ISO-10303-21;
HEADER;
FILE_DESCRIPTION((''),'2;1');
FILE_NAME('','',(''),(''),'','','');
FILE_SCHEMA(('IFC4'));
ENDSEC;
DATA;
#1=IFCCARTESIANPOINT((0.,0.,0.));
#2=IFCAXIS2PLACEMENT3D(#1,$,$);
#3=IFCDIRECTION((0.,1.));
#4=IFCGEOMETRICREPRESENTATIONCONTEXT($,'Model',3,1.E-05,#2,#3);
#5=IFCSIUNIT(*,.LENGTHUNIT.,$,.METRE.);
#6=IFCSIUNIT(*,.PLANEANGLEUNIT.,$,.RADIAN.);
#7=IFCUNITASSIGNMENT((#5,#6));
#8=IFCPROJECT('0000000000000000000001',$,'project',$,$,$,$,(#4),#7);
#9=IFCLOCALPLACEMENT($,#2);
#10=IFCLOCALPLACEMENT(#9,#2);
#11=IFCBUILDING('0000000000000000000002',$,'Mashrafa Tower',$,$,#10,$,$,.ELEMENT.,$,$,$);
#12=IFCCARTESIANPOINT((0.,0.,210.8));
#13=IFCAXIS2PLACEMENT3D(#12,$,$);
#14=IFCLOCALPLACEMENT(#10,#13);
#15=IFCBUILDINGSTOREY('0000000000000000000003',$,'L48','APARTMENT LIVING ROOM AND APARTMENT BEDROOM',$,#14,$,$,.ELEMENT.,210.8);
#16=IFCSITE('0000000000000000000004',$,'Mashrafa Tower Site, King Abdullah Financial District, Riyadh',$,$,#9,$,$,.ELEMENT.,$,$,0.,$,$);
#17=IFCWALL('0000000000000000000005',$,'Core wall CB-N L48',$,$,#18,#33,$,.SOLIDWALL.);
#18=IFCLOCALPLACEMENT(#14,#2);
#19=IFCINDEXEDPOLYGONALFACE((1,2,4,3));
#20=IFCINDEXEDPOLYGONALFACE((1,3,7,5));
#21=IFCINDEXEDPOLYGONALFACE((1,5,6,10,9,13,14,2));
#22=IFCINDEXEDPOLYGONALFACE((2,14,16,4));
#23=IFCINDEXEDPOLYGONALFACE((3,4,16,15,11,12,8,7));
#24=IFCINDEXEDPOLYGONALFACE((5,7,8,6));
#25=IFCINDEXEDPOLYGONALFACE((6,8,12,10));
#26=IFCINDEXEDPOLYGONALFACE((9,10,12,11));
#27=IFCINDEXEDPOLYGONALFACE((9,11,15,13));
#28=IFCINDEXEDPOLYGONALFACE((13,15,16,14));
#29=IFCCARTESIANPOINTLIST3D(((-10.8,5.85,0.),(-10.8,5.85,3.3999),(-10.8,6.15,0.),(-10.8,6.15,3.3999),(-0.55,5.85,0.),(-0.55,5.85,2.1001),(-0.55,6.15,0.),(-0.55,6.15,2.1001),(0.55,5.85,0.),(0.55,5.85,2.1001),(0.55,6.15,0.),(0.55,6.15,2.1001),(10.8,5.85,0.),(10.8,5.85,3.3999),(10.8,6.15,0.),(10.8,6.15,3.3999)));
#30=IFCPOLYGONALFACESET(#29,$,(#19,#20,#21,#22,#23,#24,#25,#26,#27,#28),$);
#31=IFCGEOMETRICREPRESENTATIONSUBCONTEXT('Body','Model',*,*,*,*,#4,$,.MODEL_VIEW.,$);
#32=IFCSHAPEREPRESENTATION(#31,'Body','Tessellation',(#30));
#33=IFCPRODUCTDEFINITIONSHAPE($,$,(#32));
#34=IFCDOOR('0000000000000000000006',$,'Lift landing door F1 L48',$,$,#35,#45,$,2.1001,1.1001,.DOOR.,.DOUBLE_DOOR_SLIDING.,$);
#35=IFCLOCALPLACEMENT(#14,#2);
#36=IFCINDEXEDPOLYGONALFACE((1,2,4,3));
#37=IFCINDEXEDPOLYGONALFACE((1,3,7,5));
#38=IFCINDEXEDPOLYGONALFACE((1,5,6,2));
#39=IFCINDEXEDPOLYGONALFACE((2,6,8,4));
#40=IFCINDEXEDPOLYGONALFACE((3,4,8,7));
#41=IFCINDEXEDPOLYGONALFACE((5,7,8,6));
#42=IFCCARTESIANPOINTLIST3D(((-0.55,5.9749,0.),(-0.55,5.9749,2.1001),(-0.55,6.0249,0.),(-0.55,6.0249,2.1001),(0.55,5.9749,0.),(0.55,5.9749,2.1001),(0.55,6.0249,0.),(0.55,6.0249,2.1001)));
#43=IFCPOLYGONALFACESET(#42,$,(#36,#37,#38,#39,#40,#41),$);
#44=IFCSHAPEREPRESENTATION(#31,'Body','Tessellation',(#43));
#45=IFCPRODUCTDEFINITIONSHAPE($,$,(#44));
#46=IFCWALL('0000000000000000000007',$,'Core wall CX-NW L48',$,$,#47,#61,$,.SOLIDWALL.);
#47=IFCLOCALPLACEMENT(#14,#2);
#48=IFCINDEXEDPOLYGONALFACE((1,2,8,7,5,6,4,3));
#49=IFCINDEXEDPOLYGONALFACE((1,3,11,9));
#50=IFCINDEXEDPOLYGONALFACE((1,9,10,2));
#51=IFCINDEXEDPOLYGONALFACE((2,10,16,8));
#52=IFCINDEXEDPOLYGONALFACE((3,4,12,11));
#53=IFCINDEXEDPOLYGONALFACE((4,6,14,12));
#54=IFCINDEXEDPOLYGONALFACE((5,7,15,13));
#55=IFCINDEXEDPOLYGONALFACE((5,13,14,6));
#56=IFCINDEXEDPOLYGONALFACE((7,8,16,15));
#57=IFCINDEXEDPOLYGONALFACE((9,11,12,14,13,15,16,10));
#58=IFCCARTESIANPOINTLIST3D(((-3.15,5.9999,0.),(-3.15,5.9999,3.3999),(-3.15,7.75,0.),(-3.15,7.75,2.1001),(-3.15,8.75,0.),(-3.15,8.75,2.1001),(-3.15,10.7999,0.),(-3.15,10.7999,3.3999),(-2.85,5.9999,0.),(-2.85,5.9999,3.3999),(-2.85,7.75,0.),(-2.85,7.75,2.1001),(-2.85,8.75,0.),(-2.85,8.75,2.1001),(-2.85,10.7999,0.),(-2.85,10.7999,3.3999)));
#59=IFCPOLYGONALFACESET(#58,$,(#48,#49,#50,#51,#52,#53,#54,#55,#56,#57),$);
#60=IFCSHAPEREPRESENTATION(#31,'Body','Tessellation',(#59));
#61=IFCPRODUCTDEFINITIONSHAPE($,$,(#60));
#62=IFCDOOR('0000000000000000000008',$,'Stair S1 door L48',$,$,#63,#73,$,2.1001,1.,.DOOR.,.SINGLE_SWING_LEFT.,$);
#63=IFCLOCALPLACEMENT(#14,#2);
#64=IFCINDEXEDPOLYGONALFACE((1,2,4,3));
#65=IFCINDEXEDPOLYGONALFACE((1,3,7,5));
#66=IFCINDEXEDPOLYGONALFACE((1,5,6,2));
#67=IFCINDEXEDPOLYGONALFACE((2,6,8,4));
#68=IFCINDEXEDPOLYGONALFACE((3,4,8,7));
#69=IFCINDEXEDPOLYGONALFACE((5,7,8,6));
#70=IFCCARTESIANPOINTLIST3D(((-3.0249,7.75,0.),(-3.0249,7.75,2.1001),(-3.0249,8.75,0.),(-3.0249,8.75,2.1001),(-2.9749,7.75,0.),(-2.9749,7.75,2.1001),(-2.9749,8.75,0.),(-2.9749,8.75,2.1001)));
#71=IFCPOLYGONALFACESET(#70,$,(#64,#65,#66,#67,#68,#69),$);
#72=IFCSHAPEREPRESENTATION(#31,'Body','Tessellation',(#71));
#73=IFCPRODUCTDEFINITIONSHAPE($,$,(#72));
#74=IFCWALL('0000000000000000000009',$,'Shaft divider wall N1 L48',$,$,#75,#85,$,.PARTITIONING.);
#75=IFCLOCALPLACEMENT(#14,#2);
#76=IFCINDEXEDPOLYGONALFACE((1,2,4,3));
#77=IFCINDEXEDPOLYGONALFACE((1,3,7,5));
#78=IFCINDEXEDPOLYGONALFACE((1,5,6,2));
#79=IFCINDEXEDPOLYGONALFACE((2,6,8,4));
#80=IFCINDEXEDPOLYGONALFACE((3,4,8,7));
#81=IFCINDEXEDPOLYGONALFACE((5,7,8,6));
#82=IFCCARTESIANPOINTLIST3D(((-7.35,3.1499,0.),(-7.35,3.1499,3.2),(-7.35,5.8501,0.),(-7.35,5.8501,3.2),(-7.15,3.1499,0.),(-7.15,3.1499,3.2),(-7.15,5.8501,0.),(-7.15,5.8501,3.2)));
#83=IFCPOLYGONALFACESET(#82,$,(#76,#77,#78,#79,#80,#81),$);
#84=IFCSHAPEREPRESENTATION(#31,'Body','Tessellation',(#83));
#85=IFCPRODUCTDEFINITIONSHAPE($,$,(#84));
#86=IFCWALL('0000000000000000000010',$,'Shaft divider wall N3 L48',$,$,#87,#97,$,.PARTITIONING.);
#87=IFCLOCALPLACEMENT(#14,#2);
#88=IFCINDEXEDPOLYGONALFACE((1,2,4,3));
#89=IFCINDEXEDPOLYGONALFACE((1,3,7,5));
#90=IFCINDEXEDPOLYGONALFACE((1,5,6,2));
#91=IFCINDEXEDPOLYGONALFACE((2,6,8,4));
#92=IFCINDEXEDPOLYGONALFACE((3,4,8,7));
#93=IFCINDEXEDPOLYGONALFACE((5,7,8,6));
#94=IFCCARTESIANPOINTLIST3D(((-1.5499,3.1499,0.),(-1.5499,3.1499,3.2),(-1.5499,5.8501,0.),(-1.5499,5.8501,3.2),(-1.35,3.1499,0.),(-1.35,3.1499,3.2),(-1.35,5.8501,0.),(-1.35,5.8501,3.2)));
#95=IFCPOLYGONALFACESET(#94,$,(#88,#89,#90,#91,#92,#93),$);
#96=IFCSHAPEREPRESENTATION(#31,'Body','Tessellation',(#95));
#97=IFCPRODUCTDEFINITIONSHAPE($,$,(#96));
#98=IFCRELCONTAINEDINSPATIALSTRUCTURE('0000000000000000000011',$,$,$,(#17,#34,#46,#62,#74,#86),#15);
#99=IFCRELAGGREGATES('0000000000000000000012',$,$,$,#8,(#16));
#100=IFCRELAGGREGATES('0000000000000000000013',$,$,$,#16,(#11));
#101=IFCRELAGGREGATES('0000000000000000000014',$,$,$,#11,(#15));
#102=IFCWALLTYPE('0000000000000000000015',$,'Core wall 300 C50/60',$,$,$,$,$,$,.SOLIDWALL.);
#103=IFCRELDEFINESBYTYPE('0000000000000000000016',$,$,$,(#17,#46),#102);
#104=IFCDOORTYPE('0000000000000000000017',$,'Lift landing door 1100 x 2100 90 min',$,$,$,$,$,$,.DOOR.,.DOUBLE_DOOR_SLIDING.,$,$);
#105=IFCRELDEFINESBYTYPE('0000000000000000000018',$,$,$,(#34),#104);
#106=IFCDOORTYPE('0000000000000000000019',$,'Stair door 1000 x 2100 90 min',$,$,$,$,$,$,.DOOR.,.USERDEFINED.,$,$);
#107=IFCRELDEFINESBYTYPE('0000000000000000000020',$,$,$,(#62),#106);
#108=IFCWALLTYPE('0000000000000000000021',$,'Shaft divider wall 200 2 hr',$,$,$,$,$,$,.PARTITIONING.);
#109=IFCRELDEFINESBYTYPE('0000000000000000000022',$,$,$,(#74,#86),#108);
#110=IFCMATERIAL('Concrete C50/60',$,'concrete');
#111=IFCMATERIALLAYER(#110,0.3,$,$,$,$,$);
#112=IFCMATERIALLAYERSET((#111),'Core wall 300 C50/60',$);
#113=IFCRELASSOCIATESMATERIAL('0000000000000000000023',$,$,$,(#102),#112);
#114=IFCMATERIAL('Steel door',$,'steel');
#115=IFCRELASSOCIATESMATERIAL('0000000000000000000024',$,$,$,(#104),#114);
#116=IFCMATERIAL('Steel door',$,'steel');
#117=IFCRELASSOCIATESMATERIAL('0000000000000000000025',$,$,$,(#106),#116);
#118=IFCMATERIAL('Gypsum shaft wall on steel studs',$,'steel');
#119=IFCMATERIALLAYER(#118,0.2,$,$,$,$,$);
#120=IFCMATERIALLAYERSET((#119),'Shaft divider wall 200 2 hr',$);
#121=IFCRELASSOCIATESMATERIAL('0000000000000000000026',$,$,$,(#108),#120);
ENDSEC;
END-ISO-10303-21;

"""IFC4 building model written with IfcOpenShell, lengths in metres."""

from ifc_helpers import new_model, si_unit, direction, frame, frame_2d, origin, place, context, subcontext, project, spatial, rectangle, extrude, material, layer, layer_set, type_object, element, fill, save


model = new_model("IFC4")

# Units and contexts
model_context = context("Model", 3, precision=1e-05, world=origin(), true_north=direction((0.0, 1.0)))
body_context = subcontext(model_context, "Body", "Model", "MODEL_VIEW")
ifc_project = project(units=[si_unit("LENGTHUNIT", "METRE"), si_unit("PLANEANGLEUNIT", "RADIAN")], contexts=[model_context])

# Site, building, storey
site_placement = place(None, origin())
site = spatial("IfcSite", under=ifc_project, at=site_placement, Name="Mashrafa Tower Site, King Abdullah Financial District, Riyadh", CompositionType="ELEMENT", RefElevation=0.0)
building_placement = place(site_placement, origin())
building = spatial("IfcBuilding", under=site, at=building_placement, Name="Mashrafa Tower", CompositionType="ELEMENT")
storey_placement = place(building_placement, frame((0.0, 0.0, 210.8)))
storey = spatial("IfcBuildingStorey", under=building, at=storey_placement, Name="L48", Description="APARTMENT LIVING ROOM AND APARTMENT BEDROOM", CompositionType="ELEMENT", Elevation=210.8)

# Shared definitions
ifc_material_1 = material(Name="Concrete C50/60", Category="concrete")
ifc_layer_1 = layer(ifc_material_1, 0.3)
ifc_layer_set_1 = layer_set([ifc_layer_1], Name="Core wall 300 C50/60")
wall_type_1 = type_object("IfcWallType", Name="Core wall 300 C50/60", PredefinedType="SOLIDWALL", material=ifc_layer_set_1)

# Walls, openings, doors
wall_1_placement = place(storey_placement, frame((-10.8, 6.0, 0.0), z_axis=(0.0, 0.0, 1.0), x_axis=(1.0, 0.0, 0.0)))
wall_1 = element("IfcWall", 1, at=wall_1_placement, inside=storey, type_object=wall_type_1, Name="Core wall CB-N L48", PredefinedType="SOLIDWALL", context=body_context, shape_type="SweptSolid", body=[
    extrude(rectangle(XDim=21.6001, YDim=0.3, at=frame_2d((10.8, 0.0))), origin(), (0.0, 0.0, 1.0), 3.3999),
])
opening_1_placement = place(wall_1_placement, frame((10.25, 0.0, 0.0)))
opening_1 = element("IfcOpeningElement", 2, at=opening_1_placement, cuts=wall_1, PredefinedType="OPENING", context=body_context, shape_type="SweptSolid", body=[
    extrude(rectangle(XDim=1.1001, YDim=2.1001, at=frame_2d((0.55, 1.05))), frame((0.0, 0.1599, 0.0), z_axis=(0.0, -1.0, 0.0), x_axis=(1.0, 0.0, 0.0)), (0.0, 0.0, 1.0), 0.3201),
])
ifc_material_2 = material(Name="Steel door", Category="steel")
door_type_1 = type_object("IfcDoorType", Name="Lift landing door 1100 x 2100 90 min", OperationType="DOUBLE_DOOR_SLIDING", PredefinedType="DOOR", material=ifc_material_2)
door_1_placement = place(opening_1_placement, origin())
door_1 = element("IfcDoor", 3, at=door_1_placement, inside=storey, type_object=door_type_1, Name="Lift landing door F1 L48", OperationType="DOUBLE_DOOR_SLIDING", OverallHeight=2.1001, OverallWidth=1.1001, PredefinedType="DOOR", context=body_context, shape_type="SweptSolid", body=[
    extrude(rectangle(XDim=1.1001, YDim=2.1001, at=frame_2d((0.55, 1.05))), frame((0.0, 0.0249, 0.0), z_axis=(0.0, -1.0, 0.0), x_axis=(1.0, 0.0, 0.0)), (0.0, 0.0, 1.0), 0.05),
])
fill(opening_1, door_1)
wall_2_placement = place(storey_placement, frame((-3.0, 6.0, 0.0), z_axis=(0.0, 0.0, 1.0), x_axis=(0.0, 1.0, 0.0)))
wall_2 = element("IfcWall", 4, at=wall_2_placement, inside=storey, type_object=wall_type_1, Name="Core wall CX-NW L48", PredefinedType="SOLIDWALL", context=body_context, shape_type="SweptSolid", body=[
    extrude(rectangle(XDim=4.8, YDim=0.3, at=frame_2d((2.3999, 0.0))), origin(), (0.0, 0.0, 1.0), 3.3999),
])
opening_2_placement = place(wall_2_placement, frame((1.75, 0.0, 0.0)))
opening_2 = element("IfcOpeningElement", 5, at=opening_2_placement, cuts=wall_2, PredefinedType="OPENING", context=body_context, shape_type="SweptSolid", body=[
    extrude(rectangle(XDim=1.0, YDim=2.1001, at=frame_2d((0.5, 1.05))), frame((0.0, 0.1599, 0.0), z_axis=(0.0, -1.0, 0.0), x_axis=(1.0, 0.0, 0.0)), (0.0, 0.0, 1.0), 0.3201),
])
ifc_material_3 = material(Name="Steel door", Category="steel")
door_type_2 = type_object("IfcDoorType", Name="Stair door 1000 x 2100 90 min", OperationType="USERDEFINED", PredefinedType="DOOR", material=ifc_material_3)
door_2_placement = place(opening_2_placement, origin())
door_2 = element("IfcDoor", 6, at=door_2_placement, inside=storey, type_object=door_type_2, Name="Stair S1 door L48", OperationType="SINGLE_SWING_LEFT", OverallHeight=2.1001, OverallWidth=1.0, PredefinedType="DOOR", context=body_context, shape_type="SweptSolid", body=[
    extrude(rectangle(XDim=1.0, YDim=2.1001, at=frame_2d((0.5, 1.05))), frame((0.0, 0.0249, 0.0), z_axis=(0.0, -1.0, 0.0), x_axis=(1.0, 0.0, 0.0)), (0.0, 0.0, 1.0), 0.05),
])
fill(opening_2, door_2)

# Walls
ifc_material_4 = material(Name="Gypsum shaft wall on steel studs", Category="steel")
ifc_layer_2 = layer(ifc_material_4, 0.2)
ifc_layer_set_2 = layer_set([ifc_layer_2], Name="Shaft divider wall 200 2 hr")
wall_type_2 = type_object("IfcWallType", Name="Shaft divider wall 200 2 hr", PredefinedType="PARTITIONING", material=ifc_layer_set_2)
for number, where, z_axis, x_axis, name in (
    (7, (-7.25, 3.1499, 0.0), (0.0, 0.0, 1.0), (0.0, 1.0, 0.0), "Shaft divider wall N1 L48"),
    (8, (-1.45, 3.1499, 0.0), (0.0, 0.0, 1.0), (0.0, 1.0, 0.0), "Shaft divider wall N3 L48"),
):
    element("IfcWall", number, at=place(storey_placement, frame(where, z_axis=z_axis, x_axis=x_axis)), inside=storey, type_object=wall_type_2, Name=name, PredefinedType="PARTITIONING", context=body_context, shape_type="SweptSolid", body=[
        extrude(rectangle(XDim=2.7002, YDim=0.2, at=frame_2d((1.3501, 0.0))), origin(), (0.0, 0.0, 1.0), 3.2),
    ])

save(model, "model.ifc")
